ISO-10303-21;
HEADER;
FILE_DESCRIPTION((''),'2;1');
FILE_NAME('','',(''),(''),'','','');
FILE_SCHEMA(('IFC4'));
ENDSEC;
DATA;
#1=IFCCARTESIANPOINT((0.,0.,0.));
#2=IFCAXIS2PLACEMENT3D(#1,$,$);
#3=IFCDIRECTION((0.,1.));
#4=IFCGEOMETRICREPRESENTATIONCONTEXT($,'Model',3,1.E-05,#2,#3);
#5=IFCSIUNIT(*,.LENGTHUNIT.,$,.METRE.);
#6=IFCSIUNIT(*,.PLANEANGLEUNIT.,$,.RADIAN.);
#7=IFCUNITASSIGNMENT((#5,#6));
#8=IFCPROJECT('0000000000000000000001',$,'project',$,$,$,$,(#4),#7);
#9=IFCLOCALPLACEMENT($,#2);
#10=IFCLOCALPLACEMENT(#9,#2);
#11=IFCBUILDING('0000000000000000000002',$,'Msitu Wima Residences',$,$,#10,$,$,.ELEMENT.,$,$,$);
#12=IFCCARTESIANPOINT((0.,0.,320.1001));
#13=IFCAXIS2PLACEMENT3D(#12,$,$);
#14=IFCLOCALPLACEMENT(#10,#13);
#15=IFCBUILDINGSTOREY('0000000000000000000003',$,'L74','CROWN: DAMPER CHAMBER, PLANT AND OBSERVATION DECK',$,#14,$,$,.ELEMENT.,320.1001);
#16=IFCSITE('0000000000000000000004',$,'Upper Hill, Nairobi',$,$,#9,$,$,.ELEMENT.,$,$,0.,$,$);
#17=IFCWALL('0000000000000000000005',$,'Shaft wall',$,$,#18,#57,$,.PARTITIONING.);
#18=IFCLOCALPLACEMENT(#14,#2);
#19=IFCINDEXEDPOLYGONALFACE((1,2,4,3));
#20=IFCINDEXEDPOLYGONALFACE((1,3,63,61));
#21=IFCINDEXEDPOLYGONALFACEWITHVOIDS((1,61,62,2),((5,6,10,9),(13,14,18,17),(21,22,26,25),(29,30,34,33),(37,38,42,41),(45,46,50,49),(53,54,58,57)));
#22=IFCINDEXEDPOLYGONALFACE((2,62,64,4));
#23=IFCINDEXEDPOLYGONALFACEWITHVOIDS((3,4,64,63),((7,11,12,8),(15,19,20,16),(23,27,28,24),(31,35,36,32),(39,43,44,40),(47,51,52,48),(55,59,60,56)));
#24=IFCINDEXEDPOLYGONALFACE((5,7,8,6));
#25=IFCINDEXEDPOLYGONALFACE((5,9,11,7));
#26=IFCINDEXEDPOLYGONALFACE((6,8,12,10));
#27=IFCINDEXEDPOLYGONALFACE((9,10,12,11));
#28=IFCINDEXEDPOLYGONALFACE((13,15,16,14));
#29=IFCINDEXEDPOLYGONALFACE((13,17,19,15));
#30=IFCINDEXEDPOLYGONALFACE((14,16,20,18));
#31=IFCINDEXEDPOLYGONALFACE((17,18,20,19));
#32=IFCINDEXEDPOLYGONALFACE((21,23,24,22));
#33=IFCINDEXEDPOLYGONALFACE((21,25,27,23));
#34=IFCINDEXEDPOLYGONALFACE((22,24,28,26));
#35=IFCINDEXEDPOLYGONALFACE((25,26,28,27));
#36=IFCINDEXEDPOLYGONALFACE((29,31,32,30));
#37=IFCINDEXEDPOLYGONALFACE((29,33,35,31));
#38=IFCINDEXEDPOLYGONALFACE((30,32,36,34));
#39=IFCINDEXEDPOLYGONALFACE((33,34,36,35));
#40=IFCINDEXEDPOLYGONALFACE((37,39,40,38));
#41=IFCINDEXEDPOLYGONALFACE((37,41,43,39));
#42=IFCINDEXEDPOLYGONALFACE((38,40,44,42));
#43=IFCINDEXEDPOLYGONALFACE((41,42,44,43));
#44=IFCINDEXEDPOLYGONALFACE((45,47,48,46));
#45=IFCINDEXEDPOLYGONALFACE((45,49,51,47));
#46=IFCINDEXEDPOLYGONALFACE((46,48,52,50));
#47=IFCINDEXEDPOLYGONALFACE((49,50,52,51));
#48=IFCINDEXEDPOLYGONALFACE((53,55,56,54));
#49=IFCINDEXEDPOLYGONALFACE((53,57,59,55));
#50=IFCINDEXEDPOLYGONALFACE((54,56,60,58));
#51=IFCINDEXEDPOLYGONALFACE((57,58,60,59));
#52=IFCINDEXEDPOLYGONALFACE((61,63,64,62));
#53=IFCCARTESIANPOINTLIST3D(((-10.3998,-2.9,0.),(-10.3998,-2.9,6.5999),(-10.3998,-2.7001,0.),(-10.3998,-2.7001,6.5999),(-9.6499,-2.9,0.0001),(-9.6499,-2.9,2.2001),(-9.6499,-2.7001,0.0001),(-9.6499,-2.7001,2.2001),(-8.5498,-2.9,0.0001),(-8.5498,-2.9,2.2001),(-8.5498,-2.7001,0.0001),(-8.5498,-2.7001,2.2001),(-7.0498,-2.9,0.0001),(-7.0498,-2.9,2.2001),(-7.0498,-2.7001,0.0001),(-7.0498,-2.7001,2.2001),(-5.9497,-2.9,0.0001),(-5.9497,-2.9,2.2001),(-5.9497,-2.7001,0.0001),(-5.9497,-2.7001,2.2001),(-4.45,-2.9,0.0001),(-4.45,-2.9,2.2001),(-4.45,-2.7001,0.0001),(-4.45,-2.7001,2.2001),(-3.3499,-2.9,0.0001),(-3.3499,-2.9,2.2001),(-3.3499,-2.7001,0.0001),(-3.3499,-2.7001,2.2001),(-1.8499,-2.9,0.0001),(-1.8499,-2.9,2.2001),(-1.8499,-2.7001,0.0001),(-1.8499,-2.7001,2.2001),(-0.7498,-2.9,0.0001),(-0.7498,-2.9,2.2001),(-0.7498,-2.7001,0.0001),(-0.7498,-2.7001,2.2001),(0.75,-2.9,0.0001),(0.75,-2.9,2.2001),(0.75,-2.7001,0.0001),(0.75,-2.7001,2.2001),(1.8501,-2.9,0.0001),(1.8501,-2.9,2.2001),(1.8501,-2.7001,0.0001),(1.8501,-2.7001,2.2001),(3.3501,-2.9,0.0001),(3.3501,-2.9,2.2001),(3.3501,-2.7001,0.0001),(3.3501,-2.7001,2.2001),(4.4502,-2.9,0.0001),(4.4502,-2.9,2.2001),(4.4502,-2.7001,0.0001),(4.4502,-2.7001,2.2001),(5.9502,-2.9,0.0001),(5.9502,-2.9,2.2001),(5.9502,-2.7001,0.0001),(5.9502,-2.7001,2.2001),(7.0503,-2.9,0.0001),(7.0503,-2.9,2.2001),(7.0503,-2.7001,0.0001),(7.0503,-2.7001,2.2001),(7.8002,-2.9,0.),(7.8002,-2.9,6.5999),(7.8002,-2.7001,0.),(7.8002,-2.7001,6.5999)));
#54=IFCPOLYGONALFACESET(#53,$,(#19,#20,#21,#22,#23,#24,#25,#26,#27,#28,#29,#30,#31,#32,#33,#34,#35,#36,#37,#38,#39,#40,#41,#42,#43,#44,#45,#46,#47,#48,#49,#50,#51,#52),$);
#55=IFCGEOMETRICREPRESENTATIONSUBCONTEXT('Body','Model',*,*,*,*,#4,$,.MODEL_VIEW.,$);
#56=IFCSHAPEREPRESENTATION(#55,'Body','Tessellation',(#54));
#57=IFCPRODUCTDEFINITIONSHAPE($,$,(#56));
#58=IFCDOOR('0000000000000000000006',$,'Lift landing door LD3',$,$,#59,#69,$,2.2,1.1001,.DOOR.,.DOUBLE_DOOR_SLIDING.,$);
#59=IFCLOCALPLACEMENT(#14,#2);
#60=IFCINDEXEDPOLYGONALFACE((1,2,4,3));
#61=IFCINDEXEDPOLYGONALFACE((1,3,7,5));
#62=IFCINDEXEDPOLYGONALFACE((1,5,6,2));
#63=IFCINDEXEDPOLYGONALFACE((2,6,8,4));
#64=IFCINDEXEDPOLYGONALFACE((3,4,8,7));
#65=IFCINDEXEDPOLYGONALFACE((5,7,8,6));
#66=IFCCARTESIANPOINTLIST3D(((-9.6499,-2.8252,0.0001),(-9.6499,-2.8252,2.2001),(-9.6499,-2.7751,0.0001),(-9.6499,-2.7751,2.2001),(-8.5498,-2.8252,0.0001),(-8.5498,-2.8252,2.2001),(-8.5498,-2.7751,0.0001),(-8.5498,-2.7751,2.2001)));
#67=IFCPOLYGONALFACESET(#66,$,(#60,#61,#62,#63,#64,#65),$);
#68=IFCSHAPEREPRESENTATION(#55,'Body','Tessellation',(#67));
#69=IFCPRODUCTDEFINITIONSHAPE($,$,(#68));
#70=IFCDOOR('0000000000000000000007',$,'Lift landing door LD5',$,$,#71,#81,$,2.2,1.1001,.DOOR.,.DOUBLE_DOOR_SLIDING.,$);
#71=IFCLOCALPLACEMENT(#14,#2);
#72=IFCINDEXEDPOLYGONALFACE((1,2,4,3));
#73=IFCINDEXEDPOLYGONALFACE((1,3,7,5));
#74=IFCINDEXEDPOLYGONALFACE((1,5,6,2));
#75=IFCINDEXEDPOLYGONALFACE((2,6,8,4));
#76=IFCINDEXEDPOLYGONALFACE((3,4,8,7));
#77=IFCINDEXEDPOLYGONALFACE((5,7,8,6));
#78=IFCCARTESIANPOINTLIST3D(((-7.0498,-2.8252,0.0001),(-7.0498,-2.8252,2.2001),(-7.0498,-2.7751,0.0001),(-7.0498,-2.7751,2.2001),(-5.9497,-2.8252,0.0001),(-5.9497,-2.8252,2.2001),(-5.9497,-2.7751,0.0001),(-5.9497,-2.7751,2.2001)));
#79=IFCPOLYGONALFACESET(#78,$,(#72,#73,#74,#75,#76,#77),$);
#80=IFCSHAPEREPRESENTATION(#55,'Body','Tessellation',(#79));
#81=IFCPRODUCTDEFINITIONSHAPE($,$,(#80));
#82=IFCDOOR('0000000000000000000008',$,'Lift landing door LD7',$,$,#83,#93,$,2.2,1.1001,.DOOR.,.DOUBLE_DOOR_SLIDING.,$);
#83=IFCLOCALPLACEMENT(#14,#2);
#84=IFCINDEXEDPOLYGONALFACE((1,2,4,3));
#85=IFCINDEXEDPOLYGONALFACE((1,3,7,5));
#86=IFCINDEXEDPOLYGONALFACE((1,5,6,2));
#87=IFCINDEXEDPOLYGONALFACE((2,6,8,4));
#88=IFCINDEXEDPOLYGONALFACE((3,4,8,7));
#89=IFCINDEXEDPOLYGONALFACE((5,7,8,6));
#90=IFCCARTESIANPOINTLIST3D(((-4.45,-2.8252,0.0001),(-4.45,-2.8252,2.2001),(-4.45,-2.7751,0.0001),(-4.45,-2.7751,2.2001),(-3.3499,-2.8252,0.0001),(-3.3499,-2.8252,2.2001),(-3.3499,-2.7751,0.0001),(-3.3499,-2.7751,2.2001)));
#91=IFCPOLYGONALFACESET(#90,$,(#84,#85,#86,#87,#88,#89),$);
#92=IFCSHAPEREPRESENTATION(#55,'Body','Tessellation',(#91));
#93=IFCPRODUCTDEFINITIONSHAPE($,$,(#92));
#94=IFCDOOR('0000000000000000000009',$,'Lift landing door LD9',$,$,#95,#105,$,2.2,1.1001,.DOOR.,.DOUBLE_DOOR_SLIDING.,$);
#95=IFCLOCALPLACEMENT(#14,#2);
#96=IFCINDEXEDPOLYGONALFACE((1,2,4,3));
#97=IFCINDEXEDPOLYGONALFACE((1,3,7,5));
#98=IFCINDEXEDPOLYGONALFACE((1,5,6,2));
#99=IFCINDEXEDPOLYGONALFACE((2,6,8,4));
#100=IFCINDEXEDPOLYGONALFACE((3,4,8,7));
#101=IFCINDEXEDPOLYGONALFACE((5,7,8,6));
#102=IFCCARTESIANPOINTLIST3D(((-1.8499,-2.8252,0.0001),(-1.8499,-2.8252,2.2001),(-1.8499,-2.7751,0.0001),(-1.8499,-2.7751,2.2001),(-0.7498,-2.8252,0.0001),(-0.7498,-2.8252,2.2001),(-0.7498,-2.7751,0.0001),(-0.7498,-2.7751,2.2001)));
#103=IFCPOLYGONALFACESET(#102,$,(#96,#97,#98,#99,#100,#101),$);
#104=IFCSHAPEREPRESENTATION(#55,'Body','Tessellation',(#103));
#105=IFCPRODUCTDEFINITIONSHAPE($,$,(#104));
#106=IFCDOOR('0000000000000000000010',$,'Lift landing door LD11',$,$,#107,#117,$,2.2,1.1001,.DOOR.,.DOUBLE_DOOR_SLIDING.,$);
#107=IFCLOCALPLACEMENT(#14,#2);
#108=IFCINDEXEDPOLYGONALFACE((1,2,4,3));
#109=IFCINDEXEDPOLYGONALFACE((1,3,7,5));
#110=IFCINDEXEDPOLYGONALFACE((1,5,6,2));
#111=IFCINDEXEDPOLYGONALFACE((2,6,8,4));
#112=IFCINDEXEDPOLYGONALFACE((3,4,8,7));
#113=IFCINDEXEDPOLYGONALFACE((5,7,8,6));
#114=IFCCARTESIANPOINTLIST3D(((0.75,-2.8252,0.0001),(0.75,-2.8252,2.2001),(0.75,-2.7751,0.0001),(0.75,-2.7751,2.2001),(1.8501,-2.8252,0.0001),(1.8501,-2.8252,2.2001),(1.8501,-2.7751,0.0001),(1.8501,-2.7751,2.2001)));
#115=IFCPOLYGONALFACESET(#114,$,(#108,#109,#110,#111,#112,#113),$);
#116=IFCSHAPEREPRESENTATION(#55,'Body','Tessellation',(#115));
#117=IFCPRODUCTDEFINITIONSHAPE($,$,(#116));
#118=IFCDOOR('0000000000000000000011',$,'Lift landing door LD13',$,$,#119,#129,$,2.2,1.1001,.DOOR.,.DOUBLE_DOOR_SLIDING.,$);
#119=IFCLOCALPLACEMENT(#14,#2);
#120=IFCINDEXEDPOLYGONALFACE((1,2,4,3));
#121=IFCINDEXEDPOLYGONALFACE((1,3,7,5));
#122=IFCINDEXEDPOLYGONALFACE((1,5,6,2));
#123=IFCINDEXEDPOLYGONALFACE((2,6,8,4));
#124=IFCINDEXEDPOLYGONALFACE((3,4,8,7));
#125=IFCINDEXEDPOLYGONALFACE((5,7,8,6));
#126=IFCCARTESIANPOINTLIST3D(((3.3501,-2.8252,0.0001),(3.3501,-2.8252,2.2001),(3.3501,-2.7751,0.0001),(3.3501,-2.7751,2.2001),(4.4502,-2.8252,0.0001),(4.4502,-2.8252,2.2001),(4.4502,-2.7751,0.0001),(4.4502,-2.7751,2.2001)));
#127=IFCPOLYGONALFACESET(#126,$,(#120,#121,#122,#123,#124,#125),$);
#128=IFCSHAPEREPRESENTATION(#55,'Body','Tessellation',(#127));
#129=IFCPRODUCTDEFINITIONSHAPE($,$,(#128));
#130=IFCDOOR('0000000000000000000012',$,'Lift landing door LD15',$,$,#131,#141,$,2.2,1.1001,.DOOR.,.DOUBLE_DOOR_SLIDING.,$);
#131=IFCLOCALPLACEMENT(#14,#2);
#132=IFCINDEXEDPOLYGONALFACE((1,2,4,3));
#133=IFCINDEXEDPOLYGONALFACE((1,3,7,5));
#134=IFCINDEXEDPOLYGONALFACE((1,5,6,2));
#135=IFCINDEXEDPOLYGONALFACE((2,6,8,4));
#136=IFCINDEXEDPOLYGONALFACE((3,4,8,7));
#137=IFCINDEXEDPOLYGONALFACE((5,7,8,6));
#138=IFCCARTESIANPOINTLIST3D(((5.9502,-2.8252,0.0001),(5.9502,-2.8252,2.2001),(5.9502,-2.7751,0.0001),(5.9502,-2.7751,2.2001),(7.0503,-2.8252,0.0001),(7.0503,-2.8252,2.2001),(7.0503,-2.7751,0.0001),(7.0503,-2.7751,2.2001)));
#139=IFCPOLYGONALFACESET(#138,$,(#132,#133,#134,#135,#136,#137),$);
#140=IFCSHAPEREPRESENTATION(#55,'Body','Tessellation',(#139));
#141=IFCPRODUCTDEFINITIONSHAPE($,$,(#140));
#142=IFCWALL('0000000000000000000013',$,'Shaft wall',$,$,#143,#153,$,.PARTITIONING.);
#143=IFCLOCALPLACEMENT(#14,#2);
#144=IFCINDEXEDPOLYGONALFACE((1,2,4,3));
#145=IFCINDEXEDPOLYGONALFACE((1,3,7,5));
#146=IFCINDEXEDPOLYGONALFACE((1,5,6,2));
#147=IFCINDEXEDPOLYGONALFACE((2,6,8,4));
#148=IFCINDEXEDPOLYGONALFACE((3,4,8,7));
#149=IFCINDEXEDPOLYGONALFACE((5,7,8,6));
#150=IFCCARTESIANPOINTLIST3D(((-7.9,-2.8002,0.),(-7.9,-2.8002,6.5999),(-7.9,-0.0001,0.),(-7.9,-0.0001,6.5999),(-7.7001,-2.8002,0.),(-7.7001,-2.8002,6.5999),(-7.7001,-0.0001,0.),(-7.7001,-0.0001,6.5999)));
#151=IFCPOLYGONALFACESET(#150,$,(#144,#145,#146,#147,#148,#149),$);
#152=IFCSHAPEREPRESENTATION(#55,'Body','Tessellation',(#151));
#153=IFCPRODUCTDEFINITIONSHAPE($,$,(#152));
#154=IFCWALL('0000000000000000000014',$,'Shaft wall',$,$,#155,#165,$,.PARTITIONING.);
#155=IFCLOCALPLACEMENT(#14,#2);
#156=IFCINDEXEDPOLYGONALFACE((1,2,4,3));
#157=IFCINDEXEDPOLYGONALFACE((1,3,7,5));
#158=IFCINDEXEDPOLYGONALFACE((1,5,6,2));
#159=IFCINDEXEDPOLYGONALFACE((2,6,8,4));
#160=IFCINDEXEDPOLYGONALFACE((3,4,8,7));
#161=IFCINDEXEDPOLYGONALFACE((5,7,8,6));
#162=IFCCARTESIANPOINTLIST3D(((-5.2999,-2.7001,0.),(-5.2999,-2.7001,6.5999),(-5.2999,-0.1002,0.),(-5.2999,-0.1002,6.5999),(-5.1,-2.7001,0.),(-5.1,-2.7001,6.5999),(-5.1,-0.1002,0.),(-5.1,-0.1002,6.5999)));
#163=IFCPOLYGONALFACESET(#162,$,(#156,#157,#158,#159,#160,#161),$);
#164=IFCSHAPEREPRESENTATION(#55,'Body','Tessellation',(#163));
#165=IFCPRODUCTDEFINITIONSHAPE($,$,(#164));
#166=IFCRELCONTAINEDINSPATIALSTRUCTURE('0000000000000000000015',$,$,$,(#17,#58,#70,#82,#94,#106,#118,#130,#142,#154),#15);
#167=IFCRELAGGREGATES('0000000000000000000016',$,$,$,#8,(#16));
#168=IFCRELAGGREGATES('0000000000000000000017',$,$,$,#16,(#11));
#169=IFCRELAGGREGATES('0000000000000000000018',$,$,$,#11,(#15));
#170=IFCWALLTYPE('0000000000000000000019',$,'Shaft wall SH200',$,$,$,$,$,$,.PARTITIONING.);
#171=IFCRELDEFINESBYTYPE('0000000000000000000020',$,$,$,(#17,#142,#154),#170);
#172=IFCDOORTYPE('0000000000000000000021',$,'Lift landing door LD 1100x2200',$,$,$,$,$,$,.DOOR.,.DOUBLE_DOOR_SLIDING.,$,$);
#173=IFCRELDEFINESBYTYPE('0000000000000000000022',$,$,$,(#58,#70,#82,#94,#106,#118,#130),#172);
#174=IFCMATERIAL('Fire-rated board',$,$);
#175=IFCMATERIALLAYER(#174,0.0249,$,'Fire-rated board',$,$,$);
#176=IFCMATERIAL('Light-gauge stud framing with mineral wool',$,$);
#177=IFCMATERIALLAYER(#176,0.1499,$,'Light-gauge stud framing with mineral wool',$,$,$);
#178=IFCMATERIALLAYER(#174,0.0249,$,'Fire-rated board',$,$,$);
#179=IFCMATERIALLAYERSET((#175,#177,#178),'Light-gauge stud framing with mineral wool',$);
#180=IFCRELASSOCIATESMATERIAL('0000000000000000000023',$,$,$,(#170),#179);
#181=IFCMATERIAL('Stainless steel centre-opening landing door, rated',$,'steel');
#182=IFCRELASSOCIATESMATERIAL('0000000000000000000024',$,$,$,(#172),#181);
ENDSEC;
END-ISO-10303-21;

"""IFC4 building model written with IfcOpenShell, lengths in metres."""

from ifc_helpers import new_model, si_unit, direction, frame, frame_2d, origin, place, context, subcontext, project, spatial, rectangle, extrude, material, layer, layer_set, type_object, element, fill, save


model = new_model("IFC4")

# Units and contexts
model_context = context("Model", 3, precision=1e-05, world=origin(), true_north=direction((0.0, 1.0)))
body_context = subcontext(model_context, "Body", "Model", "MODEL_VIEW")
ifc_project = project(units=[si_unit("LENGTHUNIT", "METRE"), si_unit("PLANEANGLEUNIT", "RADIAN")], contexts=[model_context])

# Site, building, storey
site_placement = place(None, origin())
site = spatial("IfcSite", under=ifc_project, at=site_placement, Name="Upper Hill, Nairobi", CompositionType="ELEMENT", RefElevation=0.0)
building_placement = place(site_placement, origin())
building = spatial("IfcBuilding", under=site, at=building_placement, Name="Msitu Wima Residences", CompositionType="ELEMENT")
storey_placement = place(building_placement, frame((0.0, 0.0, 320.1001)))
storey = spatial("IfcBuildingStorey", under=building, at=storey_placement, Name="L74", Description="CROWN: DAMPER CHAMBER, PLANT AND OBSERVATION DECK", CompositionType="ELEMENT", Elevation=320.1001)

# Shared definitions
ifc_material_1 = material(Name="Fire-rated board")
ifc_layer_1 = layer(ifc_material_1, 0.0249, Name="Fire-rated board")
ifc_material_2 = material(Name="Light-gauge stud framing with mineral wool")
ifc_layer_2 = layer(ifc_material_2, 0.1499, Name="Light-gauge stud framing with mineral wool")
ifc_layer_3 = layer(ifc_material_1, 0.0249, Name="Fire-rated board")
ifc_layer_set_1 = layer_set([ifc_layer_1, ifc_layer_2, ifc_layer_3], Name="Light-gauge stud framing with mineral wool")
wall_type_1 = type_object("IfcWallType", Name="Shaft wall SH200", PredefinedType="PARTITIONING", material=ifc_layer_set_1)

# Wall, openings, doors
wall_1_placement = place(storey_placement, frame((-10.3999, -2.8, 0.0), z_axis=(0.0, 0.0, 1.0), x_axis=(1.0, 0.0, 0.0)))
wall_1 = element("IfcWall", 1, at=wall_1_placement, inside=storey, type_object=wall_type_1, Name="Shaft wall", PredefinedType="PARTITIONING", context=body_context, shape_type="SweptSolid", body=[
    extrude(rectangle(XDim=18.2, YDim=0.2, at=frame_2d((9.1001, 0.0))), origin(), (0.0, 0.0, 1.0), 6.5999),
])
opening_1_placement = place(wall_1_placement, frame((0.75, 0.0, 0.0)))
opening_1 = element("IfcOpeningElement", 2, at=opening_1_placement, cuts=wall_1, PredefinedType="OPENING", context=body_context, shape_type="SweptSolid", body=[
    extrude(rectangle(XDim=1.1001, YDim=2.2, at=frame_2d((0.55, 1.1001))), frame((0.0, 0.1099, 0.0), z_axis=(0.0, -1.0, 0.0), x_axis=(1.0, 0.0, 0.0)), (0.0, 0.0, 1.0), 0.22),
])
opening_2_placement = place(wall_1_placement, frame((3.3501, 0.0, 0.0)))
opening_2 = element("IfcOpeningElement", 3, at=opening_2_placement, cuts=wall_1, PredefinedType="OPENING", context=body_context, shape_type="SweptSolid", body=[
    extrude(rectangle(XDim=1.1001, YDim=2.2, at=frame_2d((0.55, 1.1001))), frame((0.0, 0.1099, 0.0), z_axis=(0.0, -1.0, 0.0), x_axis=(1.0, 0.0, 0.0)), (0.0, 0.0, 1.0), 0.22),
])
opening_3_placement = place(wall_1_placement, frame((5.95, 0.0, 0.0)))
opening_3 = element("IfcOpeningElement", 4, at=opening_3_placement, cuts=wall_1, PredefinedType="OPENING", context=body_context, shape_type="SweptSolid", body=[
    extrude(rectangle(XDim=1.1001, YDim=2.2, at=frame_2d((0.55, 1.1001))), frame((0.0, 0.1099, 0.0), z_axis=(0.0, -1.0, 0.0), x_axis=(1.0, 0.0, 0.0)), (0.0, 0.0, 1.0), 0.22),
])
opening_4_placement = place(wall_1_placement, frame((8.55, 0.0, 0.0)))
opening_4 = element("IfcOpeningElement", 5, at=opening_4_placement, cuts=wall_1, PredefinedType="OPENING", context=body_context, shape_type="SweptSolid", body=[
    extrude(rectangle(XDim=1.1001, YDim=2.2, at=frame_2d((0.55, 1.1001))), frame((0.0, 0.1099, 0.0), z_axis=(0.0, -1.0, 0.0), x_axis=(1.0, 0.0, 0.0)), (0.0, 0.0, 1.0), 0.22),
])
opening_5_placement = place(wall_1_placement, frame((11.1499, 0.0, 0.0)))
opening_5 = element("IfcOpeningElement", 6, at=opening_5_placement, cuts=wall_1, PredefinedType="OPENING", context=body_context, shape_type="SweptSolid", body=[
    extrude(rectangle(XDim=1.1001, YDim=2.2, at=frame_2d((0.55, 1.1001))), frame((0.0, 0.1099, 0.0), z_axis=(0.0, -1.0, 0.0), x_axis=(1.0, 0.0, 0.0)), (0.0, 0.0, 1.0), 0.22),
])
opening_6_placement = place(wall_1_placement, frame((13.75, 0.0, 0.0)))
opening_6 = element("IfcOpeningElement", 7, at=opening_6_placement, cuts=wall_1, PredefinedType="OPENING", context=body_context, shape_type="SweptSolid", body=[
    extrude(rectangle(XDim=1.1001, YDim=2.2, at=frame_2d((0.55, 1.1001))), frame((0.0, 0.1099, 0.0), z_axis=(0.0, -1.0, 0.0), x_axis=(1.0, 0.0, 0.0)), (0.0, 0.0, 1.0), 0.22),
])
opening_7_placement = place(wall_1_placement, frame((16.3501, 0.0, 0.0)))
opening_7 = element("IfcOpeningElement", 8, at=opening_7_placement, cuts=wall_1, PredefinedType="OPENING", context=body_context, shape_type="SweptSolid", body=[
    extrude(rectangle(XDim=1.1001, YDim=2.2, at=frame_2d((0.55, 1.1001))), frame((0.0, 0.1099, 0.0), z_axis=(0.0, -1.0, 0.0), x_axis=(1.0, 0.0, 0.0)), (0.0, 0.0, 1.0), 0.22),
])
ifc_material_3 = material(Name="Stainless steel centre-opening landing door, rated", Category="steel")
door_type_1 = type_object("IfcDoorType", Name="Lift landing door LD 1100x2200", OperationType="DOUBLE_DOOR_SLIDING", PredefinedType="DOOR", material=ifc_material_3)
door_1_placement = place(opening_1_placement, origin())
door_1 = element("IfcDoor", 9, at=door_1_placement, inside=storey, type_object=door_type_1, Name="Lift landing door LD3", OperationType="DOUBLE_DOOR_SLIDING", OverallHeight=2.2, OverallWidth=1.1001, PredefinedType="DOOR", context=body_context, shape_type="SweptSolid", body=[
    extrude(rectangle(XDim=1.1001, YDim=2.2, at=frame_2d((0.55, 1.1001))), frame((0.0, 0.0249, 0.0), z_axis=(0.0, -1.0, 0.0), x_axis=(1.0, 0.0, 0.0)), (0.0, 0.0, 1.0), 0.05),
])
fill(opening_1, door_1)
door_2_placement = place(opening_2_placement, origin())
door_2 = element("IfcDoor", 10, at=door_2_placement, inside=storey, type_object=door_type_1, Name="Lift landing door LD5", OperationType="DOUBLE_DOOR_SLIDING", OverallHeight=2.2, OverallWidth=1.1001, PredefinedType="DOOR", context=body_context, shape_type="SweptSolid", body=[
    extrude(rectangle(XDim=1.1001, YDim=2.2, at=frame_2d((0.55, 1.1001))), frame((0.0, 0.0249, 0.0), z_axis=(0.0, -1.0, 0.0), x_axis=(1.0, 0.0, 0.0)), (0.0, 0.0, 1.0), 0.05),
])
fill(opening_2, door_2)
door_3_placement = place(opening_3_placement, origin())
door_3 = element("IfcDoor", 11, at=door_3_placement, inside=storey, type_object=door_type_1, Name="Lift landing door LD7", OperationType="DOUBLE_DOOR_SLIDING", OverallHeight=2.2, OverallWidth=1.1001, PredefinedType="DOOR", context=body_context, shape_type="SweptSolid", body=[
    extrude(rectangle(XDim=1.1001, YDim=2.2, at=frame_2d((0.55, 1.1001))), frame((0.0, 0.0249, 0.0), z_axis=(0.0, -1.0, 0.0), x_axis=(1.0, 0.0, 0.0)), (0.0, 0.0, 1.0), 0.05),
])
fill(opening_3, door_3)
door_4_placement = place(opening_4_placement, origin())
door_4 = element("IfcDoor", 12, at=door_4_placement, inside=storey, type_object=door_type_1, Name="Lift landing door LD9", OperationType="DOUBLE_DOOR_SLIDING", OverallHeight=2.2, OverallWidth=1.1001, PredefinedType="DOOR", context=body_context, shape_type="SweptSolid", body=[
    extrude(rectangle(XDim=1.1001, YDim=2.2, at=frame_2d((0.55, 1.1001))), frame((0.0, 0.0249, 0.0), z_axis=(0.0, -1.0, 0.0), x_axis=(1.0, 0.0, 0.0)), (0.0, 0.0, 1.0), 0.05),
])
fill(opening_4, door_4)
door_5_placement = place(opening_5_placement, origin())
door_5 = element("IfcDoor", 13, at=door_5_placement, inside=storey, type_object=door_type_1, Name="Lift landing door LD11", OperationType="DOUBLE_DOOR_SLIDING", OverallHeight=2.2, OverallWidth=1.1001, PredefinedType="DOOR", context=body_context, shape_type="SweptSolid", body=[
    extrude(rectangle(XDim=1.1001, YDim=2.2, at=frame_2d((0.55, 1.1001))), frame((0.0, 0.0249, 0.0), z_axis=(0.0, -1.0, 0.0), x_axis=(1.0, 0.0, 0.0)), (0.0, 0.0, 1.0), 0.05),
])
fill(opening_5, door_5)
door_6_placement = place(opening_6_placement, origin())
door_6 = element("IfcDoor", 14, at=door_6_placement, inside=storey, type_object=door_type_1, Name="Lift landing door LD13", OperationType="DOUBLE_DOOR_SLIDING", OverallHeight=2.2, OverallWidth=1.1001, PredefinedType="DOOR", context=body_context, shape_type="SweptSolid", body=[
    extrude(rectangle(XDim=1.1001, YDim=2.2, at=frame_2d((0.55, 1.1001))), frame((0.0, 0.0249, 0.0), z_axis=(0.0, -1.0, 0.0), x_axis=(1.0, 0.0, 0.0)), (0.0, 0.0, 1.0), 0.05),
])
fill(opening_6, door_6)
door_7_placement = place(opening_7_placement, origin())
door_7 = element("IfcDoor", 15, at=door_7_placement, inside=storey, type_object=door_type_1, Name="Lift landing door LD15", OperationType="DOUBLE_DOOR_SLIDING", OverallHeight=2.2, OverallWidth=1.1001, PredefinedType="DOOR", context=body_context, shape_type="SweptSolid", body=[
    extrude(rectangle(XDim=1.1001, YDim=2.2, at=frame_2d((0.55, 1.1001))), frame((0.0, 0.0249, 0.0), z_axis=(0.0, -1.0, 0.0), x_axis=(1.0, 0.0, 0.0)), (0.0, 0.0, 1.0), 0.05),
])
fill(opening_7, door_7)

# Walls
wall_2_placement = place(storey_placement, frame((-7.8, -2.8, 0.0), z_axis=(0.0, 0.0, 1.0), x_axis=(0.0, 1.0, 0.0)))
element("IfcWall", 16, at=wall_2_placement, inside=storey, type_object=wall_type_1, Name="Shaft wall", PredefinedType="PARTITIONING", context=body_context, shape_type="SweptSolid", body=[
    extrude(rectangle(XDim=2.8, YDim=0.2, at=frame_2d((1.3999, 0.0))), origin(), (0.0, 0.0, 1.0), 6.5999),
])
for number, where, z_axis, x_axis, name in (
    (17, (-5.2, -2.7, 0.0), (0.0, 0.0, 1.0), (0.0, 1.0, 0.0), "Shaft wall"),
):
    element("IfcWall", number, at=place(storey_placement, frame(where, z_axis=z_axis, x_axis=x_axis)), inside=storey, type_object=wall_type_1, Name=name, PredefinedType="PARTITIONING", context=body_context, shape_type="SweptSolid", body=[
        extrude(rectangle(XDim=2.5999, YDim=0.2, at=frame_2d((1.2998, 0.0))), origin(), (0.0, 0.0, 1.0), 6.5999),
    ])

save(model, "model.ifc")
